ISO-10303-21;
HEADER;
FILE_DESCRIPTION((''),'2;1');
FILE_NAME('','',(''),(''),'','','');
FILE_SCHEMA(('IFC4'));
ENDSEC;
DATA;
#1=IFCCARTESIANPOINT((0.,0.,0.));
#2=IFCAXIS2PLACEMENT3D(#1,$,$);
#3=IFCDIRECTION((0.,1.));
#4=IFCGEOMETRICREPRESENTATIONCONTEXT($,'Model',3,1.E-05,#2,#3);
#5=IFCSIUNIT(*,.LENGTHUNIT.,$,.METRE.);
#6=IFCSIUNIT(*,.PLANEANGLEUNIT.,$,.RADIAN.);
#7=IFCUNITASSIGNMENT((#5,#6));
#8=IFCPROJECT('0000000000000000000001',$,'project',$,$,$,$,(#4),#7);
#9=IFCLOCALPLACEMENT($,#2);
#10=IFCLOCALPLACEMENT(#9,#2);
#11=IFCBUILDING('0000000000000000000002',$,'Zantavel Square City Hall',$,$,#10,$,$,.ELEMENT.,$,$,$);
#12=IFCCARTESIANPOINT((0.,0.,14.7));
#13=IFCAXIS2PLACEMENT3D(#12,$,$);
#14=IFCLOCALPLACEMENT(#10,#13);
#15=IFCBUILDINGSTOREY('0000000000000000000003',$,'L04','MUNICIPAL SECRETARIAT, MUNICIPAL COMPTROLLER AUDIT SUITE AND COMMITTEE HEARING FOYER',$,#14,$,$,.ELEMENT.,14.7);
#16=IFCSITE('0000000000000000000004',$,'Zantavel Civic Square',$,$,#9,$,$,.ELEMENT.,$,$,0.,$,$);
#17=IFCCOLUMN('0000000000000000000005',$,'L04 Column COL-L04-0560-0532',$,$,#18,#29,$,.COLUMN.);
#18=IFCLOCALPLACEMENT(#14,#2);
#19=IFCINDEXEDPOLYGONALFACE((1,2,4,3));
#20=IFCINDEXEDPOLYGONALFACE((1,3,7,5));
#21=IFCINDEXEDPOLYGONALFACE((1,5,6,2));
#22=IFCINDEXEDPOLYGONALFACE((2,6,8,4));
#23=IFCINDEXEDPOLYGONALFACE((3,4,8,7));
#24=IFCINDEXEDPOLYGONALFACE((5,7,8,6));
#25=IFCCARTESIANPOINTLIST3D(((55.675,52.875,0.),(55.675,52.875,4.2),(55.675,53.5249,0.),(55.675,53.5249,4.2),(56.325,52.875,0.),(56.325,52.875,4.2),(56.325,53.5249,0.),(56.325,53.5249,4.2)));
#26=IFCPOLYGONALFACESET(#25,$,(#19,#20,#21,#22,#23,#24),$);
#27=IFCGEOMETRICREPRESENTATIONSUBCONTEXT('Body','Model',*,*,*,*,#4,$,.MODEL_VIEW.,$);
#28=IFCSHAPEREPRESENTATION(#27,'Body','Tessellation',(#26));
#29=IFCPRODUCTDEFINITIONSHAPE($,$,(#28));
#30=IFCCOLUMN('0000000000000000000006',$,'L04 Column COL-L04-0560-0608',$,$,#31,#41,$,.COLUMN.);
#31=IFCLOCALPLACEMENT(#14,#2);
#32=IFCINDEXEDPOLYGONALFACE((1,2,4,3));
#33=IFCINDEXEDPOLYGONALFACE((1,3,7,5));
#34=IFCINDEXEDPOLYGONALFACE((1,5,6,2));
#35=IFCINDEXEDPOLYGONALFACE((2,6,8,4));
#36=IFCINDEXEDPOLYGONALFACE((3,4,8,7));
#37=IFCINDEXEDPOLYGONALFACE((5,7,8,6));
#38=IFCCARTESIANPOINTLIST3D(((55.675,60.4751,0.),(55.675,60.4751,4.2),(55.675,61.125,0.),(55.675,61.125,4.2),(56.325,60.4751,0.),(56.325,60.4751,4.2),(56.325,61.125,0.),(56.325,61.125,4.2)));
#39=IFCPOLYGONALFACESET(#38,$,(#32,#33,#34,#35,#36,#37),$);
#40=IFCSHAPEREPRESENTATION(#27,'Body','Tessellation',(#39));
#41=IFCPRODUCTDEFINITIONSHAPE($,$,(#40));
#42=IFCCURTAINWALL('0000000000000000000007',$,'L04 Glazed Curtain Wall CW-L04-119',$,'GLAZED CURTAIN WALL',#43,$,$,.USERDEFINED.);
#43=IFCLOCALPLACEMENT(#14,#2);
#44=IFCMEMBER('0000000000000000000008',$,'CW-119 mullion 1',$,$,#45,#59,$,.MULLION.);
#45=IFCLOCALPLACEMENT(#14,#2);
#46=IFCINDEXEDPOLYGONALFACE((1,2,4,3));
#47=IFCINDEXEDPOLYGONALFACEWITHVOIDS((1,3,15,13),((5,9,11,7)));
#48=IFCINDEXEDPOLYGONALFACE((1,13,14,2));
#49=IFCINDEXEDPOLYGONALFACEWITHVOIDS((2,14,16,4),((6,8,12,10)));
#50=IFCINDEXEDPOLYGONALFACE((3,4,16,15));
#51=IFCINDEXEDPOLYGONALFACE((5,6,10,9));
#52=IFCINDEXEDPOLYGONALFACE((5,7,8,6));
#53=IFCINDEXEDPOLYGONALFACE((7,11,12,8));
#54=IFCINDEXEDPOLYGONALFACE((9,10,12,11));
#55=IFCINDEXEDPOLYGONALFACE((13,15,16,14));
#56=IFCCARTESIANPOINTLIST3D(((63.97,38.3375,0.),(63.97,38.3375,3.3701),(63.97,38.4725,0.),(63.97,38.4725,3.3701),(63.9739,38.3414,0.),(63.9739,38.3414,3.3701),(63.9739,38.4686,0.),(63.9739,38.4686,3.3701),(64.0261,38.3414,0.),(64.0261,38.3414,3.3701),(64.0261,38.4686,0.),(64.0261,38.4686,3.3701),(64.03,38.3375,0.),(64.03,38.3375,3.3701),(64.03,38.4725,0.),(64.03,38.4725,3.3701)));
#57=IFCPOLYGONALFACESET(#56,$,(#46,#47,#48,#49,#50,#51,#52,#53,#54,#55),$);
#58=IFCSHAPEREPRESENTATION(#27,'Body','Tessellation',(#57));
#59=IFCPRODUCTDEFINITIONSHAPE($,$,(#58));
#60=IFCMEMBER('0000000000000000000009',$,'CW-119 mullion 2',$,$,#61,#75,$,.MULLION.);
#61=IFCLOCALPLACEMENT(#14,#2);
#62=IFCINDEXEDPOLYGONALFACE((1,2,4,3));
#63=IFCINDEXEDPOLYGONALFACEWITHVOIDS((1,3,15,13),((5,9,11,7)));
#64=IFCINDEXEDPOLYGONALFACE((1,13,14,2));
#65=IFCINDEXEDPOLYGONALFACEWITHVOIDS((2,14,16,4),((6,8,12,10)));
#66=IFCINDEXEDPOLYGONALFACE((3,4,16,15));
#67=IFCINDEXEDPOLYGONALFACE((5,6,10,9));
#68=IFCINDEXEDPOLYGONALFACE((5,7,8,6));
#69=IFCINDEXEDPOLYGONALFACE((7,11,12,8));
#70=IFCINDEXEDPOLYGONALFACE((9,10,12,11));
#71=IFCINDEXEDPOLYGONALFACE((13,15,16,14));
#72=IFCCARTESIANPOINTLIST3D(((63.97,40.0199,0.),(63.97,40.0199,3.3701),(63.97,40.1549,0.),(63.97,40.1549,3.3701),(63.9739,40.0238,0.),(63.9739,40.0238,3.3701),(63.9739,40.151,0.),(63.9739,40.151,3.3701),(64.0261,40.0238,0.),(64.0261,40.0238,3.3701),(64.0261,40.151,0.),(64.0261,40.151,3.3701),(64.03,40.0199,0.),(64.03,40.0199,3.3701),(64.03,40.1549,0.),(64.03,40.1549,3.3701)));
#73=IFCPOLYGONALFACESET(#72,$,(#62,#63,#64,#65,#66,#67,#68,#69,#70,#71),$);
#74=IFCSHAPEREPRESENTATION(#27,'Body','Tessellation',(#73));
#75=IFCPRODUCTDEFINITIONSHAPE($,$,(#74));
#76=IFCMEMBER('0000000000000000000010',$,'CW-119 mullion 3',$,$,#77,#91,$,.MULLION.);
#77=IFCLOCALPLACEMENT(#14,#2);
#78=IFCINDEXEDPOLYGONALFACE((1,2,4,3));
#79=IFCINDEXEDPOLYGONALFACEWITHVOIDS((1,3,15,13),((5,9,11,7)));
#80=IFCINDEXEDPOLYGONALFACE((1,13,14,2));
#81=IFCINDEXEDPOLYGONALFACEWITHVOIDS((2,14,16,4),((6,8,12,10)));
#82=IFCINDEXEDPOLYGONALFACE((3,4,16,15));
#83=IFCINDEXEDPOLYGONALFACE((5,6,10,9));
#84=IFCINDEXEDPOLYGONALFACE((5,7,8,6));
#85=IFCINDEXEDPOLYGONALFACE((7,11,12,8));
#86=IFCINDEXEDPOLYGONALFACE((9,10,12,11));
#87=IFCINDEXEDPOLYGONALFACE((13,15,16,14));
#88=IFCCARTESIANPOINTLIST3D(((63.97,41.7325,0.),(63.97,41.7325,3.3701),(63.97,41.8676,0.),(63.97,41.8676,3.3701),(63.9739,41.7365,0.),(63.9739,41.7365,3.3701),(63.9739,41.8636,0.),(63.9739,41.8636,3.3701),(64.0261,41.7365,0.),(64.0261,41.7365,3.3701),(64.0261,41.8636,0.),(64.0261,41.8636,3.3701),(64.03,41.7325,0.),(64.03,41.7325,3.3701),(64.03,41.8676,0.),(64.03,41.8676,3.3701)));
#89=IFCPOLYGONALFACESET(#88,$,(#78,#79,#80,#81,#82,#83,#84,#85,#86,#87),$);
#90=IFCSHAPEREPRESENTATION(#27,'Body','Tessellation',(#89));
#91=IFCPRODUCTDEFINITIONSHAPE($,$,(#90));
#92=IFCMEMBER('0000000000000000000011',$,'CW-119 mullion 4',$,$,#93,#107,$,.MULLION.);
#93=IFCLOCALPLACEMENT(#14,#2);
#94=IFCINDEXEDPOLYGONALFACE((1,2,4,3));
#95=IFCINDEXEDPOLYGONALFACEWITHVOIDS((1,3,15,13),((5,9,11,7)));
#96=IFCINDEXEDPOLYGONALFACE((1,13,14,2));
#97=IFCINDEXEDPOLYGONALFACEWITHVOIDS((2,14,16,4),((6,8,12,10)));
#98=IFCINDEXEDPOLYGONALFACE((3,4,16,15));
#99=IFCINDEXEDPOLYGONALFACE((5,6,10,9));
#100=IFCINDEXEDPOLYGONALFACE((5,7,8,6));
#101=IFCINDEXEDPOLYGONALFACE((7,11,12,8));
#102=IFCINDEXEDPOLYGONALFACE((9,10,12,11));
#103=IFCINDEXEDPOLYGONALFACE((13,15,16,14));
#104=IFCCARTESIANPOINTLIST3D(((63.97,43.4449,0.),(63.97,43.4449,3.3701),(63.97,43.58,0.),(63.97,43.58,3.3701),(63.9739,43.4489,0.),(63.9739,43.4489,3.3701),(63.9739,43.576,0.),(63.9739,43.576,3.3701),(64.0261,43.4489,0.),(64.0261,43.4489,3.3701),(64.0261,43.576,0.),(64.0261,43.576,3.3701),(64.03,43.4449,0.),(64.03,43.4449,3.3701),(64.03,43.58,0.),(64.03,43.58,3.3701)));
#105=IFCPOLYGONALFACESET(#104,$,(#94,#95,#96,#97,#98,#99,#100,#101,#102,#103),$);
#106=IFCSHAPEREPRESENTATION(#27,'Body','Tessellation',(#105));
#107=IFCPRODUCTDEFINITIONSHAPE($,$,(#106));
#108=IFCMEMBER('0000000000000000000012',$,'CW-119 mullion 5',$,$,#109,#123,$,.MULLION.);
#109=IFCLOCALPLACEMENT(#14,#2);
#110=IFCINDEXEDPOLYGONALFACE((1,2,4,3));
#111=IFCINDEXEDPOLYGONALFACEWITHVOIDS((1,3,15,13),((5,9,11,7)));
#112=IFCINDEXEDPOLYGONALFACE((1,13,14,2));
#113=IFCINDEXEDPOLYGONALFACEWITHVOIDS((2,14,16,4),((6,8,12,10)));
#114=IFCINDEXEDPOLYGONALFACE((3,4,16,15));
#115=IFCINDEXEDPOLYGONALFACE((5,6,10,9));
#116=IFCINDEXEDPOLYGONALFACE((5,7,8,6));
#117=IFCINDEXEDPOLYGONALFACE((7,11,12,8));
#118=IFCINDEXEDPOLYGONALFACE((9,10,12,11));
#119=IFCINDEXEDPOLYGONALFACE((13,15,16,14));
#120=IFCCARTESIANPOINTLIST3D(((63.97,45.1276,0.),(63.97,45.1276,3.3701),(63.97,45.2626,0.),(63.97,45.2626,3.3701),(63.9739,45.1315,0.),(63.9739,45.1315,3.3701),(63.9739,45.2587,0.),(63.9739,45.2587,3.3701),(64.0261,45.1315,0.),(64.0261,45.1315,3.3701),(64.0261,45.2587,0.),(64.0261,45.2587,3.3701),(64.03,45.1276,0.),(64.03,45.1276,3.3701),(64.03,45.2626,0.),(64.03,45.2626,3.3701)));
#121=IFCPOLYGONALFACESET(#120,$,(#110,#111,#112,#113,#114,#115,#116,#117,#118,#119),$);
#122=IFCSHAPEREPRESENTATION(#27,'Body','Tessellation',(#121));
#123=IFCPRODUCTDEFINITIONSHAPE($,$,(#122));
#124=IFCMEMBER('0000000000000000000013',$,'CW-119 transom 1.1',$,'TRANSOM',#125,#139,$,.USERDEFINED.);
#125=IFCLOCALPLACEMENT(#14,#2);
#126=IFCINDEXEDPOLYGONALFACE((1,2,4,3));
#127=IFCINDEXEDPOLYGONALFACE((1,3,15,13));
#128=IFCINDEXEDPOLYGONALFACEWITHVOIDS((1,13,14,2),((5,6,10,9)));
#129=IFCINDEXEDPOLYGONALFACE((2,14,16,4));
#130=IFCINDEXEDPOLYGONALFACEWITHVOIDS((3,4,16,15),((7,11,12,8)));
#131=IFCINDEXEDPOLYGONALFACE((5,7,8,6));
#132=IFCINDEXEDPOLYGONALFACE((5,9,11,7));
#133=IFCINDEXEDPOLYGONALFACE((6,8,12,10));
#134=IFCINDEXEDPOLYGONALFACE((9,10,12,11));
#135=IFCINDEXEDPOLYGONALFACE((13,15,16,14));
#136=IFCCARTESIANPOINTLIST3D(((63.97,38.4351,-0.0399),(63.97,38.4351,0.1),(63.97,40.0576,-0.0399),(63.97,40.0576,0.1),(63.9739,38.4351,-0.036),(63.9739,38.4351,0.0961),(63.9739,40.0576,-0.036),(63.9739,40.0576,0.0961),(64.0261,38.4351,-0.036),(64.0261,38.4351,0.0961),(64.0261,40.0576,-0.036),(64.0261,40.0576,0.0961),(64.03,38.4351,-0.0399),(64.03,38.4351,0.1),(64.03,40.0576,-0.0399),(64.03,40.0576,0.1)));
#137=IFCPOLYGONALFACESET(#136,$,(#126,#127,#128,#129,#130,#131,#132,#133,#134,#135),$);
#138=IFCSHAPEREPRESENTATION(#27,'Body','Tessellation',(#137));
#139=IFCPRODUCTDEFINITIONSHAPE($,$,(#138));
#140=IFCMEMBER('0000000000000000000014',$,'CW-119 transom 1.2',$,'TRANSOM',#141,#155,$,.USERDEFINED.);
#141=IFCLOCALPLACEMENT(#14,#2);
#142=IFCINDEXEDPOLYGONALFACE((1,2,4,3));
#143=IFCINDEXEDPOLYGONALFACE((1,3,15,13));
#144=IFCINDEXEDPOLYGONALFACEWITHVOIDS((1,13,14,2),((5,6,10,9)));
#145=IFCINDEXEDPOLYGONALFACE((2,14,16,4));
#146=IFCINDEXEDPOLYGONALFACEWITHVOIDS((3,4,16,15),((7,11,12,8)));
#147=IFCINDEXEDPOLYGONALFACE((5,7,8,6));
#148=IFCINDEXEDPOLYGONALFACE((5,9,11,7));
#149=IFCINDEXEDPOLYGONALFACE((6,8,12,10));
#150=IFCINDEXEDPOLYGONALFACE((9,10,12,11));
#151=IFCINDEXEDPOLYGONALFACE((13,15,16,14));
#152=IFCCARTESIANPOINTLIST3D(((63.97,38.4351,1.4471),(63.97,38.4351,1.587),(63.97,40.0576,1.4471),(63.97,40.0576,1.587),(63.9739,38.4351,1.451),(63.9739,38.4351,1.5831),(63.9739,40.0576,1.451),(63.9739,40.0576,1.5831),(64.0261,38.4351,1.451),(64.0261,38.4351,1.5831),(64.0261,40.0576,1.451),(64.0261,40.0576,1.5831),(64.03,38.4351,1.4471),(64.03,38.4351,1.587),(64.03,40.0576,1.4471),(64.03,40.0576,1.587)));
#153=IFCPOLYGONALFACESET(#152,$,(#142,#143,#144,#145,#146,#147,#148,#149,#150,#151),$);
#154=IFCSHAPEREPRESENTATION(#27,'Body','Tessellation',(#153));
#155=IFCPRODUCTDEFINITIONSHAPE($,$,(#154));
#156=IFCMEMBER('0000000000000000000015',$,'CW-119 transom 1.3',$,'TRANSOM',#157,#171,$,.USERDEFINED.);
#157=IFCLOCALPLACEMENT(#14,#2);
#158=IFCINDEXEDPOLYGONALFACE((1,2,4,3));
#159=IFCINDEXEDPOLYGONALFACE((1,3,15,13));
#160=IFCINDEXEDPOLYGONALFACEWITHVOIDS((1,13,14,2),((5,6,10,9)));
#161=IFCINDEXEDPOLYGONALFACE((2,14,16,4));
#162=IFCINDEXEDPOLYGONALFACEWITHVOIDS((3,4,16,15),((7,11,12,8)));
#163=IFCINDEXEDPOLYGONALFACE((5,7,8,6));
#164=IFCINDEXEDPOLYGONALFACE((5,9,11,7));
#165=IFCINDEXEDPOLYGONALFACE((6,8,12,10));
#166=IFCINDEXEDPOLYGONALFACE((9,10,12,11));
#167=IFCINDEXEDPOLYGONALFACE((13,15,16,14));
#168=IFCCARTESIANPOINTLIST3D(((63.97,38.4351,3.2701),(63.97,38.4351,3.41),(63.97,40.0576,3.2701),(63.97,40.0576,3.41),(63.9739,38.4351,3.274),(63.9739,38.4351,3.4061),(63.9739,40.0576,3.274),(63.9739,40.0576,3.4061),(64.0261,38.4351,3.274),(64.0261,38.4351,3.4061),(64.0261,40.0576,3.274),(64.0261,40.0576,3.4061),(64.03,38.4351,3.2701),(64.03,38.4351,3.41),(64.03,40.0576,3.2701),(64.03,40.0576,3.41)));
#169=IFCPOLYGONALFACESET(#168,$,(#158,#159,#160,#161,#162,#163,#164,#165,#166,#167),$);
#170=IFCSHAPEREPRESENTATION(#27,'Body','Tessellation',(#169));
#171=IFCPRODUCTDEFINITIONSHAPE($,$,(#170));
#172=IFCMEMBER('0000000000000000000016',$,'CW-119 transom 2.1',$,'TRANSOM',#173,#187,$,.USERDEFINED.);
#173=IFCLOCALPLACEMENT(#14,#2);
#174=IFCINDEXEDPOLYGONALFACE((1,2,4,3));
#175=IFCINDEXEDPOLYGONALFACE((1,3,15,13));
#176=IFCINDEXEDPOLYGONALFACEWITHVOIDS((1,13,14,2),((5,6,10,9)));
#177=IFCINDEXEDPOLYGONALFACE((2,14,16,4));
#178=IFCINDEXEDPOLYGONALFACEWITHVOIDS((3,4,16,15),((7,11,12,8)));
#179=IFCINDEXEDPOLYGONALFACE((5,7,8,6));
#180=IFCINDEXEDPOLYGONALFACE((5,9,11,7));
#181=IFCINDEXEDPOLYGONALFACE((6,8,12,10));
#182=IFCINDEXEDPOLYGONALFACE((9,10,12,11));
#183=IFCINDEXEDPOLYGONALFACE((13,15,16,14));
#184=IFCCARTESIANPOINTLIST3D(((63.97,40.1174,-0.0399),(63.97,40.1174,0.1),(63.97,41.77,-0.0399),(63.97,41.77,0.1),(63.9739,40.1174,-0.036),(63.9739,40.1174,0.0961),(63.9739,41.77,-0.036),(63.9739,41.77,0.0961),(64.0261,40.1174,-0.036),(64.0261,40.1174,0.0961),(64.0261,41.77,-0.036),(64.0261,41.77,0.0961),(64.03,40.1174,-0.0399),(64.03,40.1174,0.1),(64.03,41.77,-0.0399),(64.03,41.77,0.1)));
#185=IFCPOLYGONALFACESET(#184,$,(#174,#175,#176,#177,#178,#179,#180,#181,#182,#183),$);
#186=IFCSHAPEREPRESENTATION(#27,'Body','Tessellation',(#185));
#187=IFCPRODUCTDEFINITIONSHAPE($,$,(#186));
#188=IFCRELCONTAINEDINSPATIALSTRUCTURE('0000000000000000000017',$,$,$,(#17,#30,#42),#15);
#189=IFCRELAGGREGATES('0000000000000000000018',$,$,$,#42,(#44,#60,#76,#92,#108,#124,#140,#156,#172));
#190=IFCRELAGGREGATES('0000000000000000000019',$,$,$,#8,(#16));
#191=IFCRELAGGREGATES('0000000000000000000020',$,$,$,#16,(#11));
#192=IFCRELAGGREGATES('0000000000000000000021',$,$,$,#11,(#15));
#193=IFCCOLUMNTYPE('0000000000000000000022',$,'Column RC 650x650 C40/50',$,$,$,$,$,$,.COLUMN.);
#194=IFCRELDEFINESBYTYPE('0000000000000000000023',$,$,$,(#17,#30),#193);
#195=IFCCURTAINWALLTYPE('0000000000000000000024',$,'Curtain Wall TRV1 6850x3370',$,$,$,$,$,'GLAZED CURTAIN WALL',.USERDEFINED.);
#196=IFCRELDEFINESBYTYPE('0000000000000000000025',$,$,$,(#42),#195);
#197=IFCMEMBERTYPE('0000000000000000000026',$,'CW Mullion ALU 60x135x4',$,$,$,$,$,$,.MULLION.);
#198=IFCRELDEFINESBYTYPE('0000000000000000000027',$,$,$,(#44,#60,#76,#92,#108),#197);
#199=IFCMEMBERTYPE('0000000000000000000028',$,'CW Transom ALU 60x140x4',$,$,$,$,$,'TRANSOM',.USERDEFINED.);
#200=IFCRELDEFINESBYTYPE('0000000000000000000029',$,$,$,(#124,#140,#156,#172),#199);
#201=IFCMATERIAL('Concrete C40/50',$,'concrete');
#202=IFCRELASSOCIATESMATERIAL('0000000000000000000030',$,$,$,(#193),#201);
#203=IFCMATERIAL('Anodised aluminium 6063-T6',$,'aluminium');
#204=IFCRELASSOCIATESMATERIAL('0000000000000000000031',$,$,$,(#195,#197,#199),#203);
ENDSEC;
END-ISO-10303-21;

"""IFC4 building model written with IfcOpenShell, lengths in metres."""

from ifc_helpers import new_model, si_unit, direction, frame, origin, origin_2d, place, context, subcontext, project, spatial, rectangle, hollow_rectangle, extrude, material, material_profile, profile_set, type_object, element, aggregate, save


model = new_model("IFC4")

# Units and contexts
model_context = context("Model", 3, precision=1e-05, world=origin(), true_north=direction((0.0, 1.0)))
body_context = subcontext(model_context, "Body", "Model", "MODEL_VIEW")
ifc_project = project(units=[si_unit("LENGTHUNIT", "METRE"), si_unit("PLANEANGLEUNIT", "RADIAN")], contexts=[model_context])

# Site, building, storey
site_placement = place(None, origin())
site = spatial("IfcSite", under=ifc_project, at=site_placement, Name="Zantavel Civic Square", CompositionType="ELEMENT", RefElevation=0.0)
building_placement = place(site_placement, origin())
building = spatial("IfcBuilding", under=site, at=building_placement, Name="Zantavel Square City Hall", CompositionType="ELEMENT")
storey_placement = place(building_placement, frame((0.0, 0.0, 14.7)))
storey = spatial("IfcBuildingStorey", under=building, at=storey_placement, Name="L04", Description="MUNICIPAL SECRETARIAT, MUNICIPAL COMPTROLLER AUDIT SUITE AND COMMITTEE HEARING FOYER", CompositionType="ELEMENT", Elevation=14.7)

# Columns
ifc_material_1 = material(Name="Concrete C40/50", Category="concrete")
ifc_material_profile_1 = material_profile(ifc_material_1, rectangle(XDim=0.6499, YDim=0.6499, at=origin_2d()), Name="RC 650x650")
ifc_profile_set_1 = profile_set([ifc_material_profile_1], Name="Concrete C40/50")
column_type = type_object("IfcColumnType", Name="Column RC 650x650 C40/50", PredefinedType="COLUMN", material=ifc_profile_set_1)
for number, where, z_axis, x_axis, name in (
    (1, (56.0, 53.2, 0.0), (0.0, 0.0, 1.0), (1.0, 0.0, 0.0), "L04 Column COL-L04-0560-0532"),
    (2, (56.0, 60.8, 0.0), (0.0, 0.0, 1.0), (1.0, 0.0, 0.0), "L04 Column COL-L04-0560-0608"),
):
    element("IfcColumn", number, at=place(storey_placement, frame(where, z_axis=z_axis, x_axis=x_axis)), inside=storey, type_object=column_type, Name=name, PredefinedType="COLUMN", context=body_context, shape_type="SweptSolid", body=[
        extrude(rectangle(XDim=0.6499, YDim=0.6499, at=origin_2d()), origin(), (0.0, 0.0, 1.0), 4.2),
    ])

# Curtain wall, members
ifc_material_2 = material(Name="Anodised aluminium 6063-T6", Category="aluminium")
curtain_wall_type = type_object("IfcCurtainWallType", Name="Curtain Wall TRV1 6850x3370", ElementType="GLAZED CURTAIN WALL", PredefinedType="USERDEFINED", material=ifc_material_2)
curtain_wall_placement = place(storey_placement, origin())
curtain_wall = element("IfcCurtainWall", 3, at=curtain_wall_placement, inside=storey, type_object=curtain_wall_type, Name="L04 Glazed Curtain Wall CW-L04-119", ObjectType="GLAZED CURTAIN WALL", PredefinedType="USERDEFINED")
ifc_material_profile_2 = material_profile(ifc_material_2, hollow_rectangle(XDim=0.0601, YDim=0.135, WallThickness=0.0039, at=origin_2d()), Name="ALU 60x135x4")
ifc_profile_set_2 = profile_set([ifc_material_profile_2], Name="Anodised aluminium 6063-T6")
member_type_1 = type_object("IfcMemberType", Name="CW Mullion ALU 60x135x4", PredefinedType="MULLION", material=ifc_profile_set_2)
member_1_placement = place(storey_placement, frame((64.0, 38.405, 0.0), z_axis=(0.0, 0.0, 1.0), x_axis=(-1.0, 0.0, 0.0)))
member_1 = element("IfcMember", 4, at=member_1_placement, type_object=member_type_1, Name="CW-119 mullion 1", PredefinedType="MULLION", context=body_context, shape_type="SweptSolid", body=[
    extrude(hollow_rectangle(XDim=0.0601, YDim=0.135, WallThickness=0.0039, at=origin_2d()), origin(), (0.0, 0.0, 1.0), 3.3701),
])
member_2_placement = place(storey_placement, frame((64.0, 40.0874, 0.0), z_axis=(0.0, 0.0, 1.0), x_axis=(-1.0, 0.0, 0.0)))
member_2 = element("IfcMember", 5, at=member_2_placement, type_object=member_type_1, Name="CW-119 mullion 2", PredefinedType="MULLION", context=body_context, shape_type="SweptSolid", body=[
    extrude(hollow_rectangle(XDim=0.0601, YDim=0.135, WallThickness=0.0039, at=origin_2d()), origin(), (0.0, 0.0, 1.0), 3.3701),
])
member_3_placement = place(storey_placement, frame((64.0, 41.8, 0.0), z_axis=(0.0, 0.0, 1.0), x_axis=(-1.0, 0.0, 0.0)))
member_3 = element("IfcMember", 6, at=member_3_placement, type_object=member_type_1, Name="CW-119 mullion 3", PredefinedType="MULLION", context=body_context, shape_type="SweptSolid", body=[
    extrude(hollow_rectangle(XDim=0.0601, YDim=0.135, WallThickness=0.0039, at=origin_2d()), origin(), (0.0, 0.0, 1.0), 3.3701),
])
member_4_placement = place(storey_placement, frame((64.0, 43.5125, 0.0), z_axis=(0.0, 0.0, 1.0), x_axis=(-1.0, 0.0, 0.0)))
member_4 = element("IfcMember", 7, at=member_4_placement, type_object=member_type_1, Name="CW-119 mullion 4", PredefinedType="MULLION", context=body_context, shape_type="SweptSolid", body=[
    extrude(hollow_rectangle(XDim=0.0601, YDim=0.135, WallThickness=0.0039, at=origin_2d()), origin(), (0.0, 0.0, 1.0), 3.3701),
])
member_5_placement = place(storey_placement, frame((64.0, 45.1951, 0.0), z_axis=(0.0, 0.0, 1.0), x_axis=(-1.0, 0.0, 0.0)))
member_5 = element("IfcMember", 8, at=member_5_placement, type_object=member_type_1, Name="CW-119 mullion 5", PredefinedType="MULLION", context=body_context, shape_type="SweptSolid", body=[
    extrude(hollow_rectangle(XDim=0.0601, YDim=0.135, WallThickness=0.0039, at=origin_2d()), origin(), (0.0, 0.0, 1.0), 3.3701),
])
ifc_material_profile_3 = material_profile(ifc_material_2, hollow_rectangle(XDim=0.0601, YDim=0.1399, WallThickness=0.0039, at=origin_2d()), Name="ALU 60x140x4")
ifc_profile_set_3 = profile_set([ifc_material_profile_3], Name="Anodised aluminium 6063-T6")
member_type_2 = type_object("IfcMemberType", Name="CW Transom ALU 60x140x4", ElementType="TRANSOM", PredefinedType="USERDEFINED", material=ifc_profile_set_3)
member_6_placement = place(storey_placement, frame((64.0, 38.4351, 0.03), z_axis=(0.0, 1.0, 0.0), x_axis=(-1.0, 0.0, 0.0)))
member_6 = element("IfcMember", 9, at=member_6_placement, type_object=member_type_2, Name="CW-119 transom 1.1", ObjectType="TRANSOM", PredefinedType="USERDEFINED", context=body_context, shape_type="SweptSolid", body=[
    extrude(hollow_rectangle(XDim=0.0601, YDim=0.1399, WallThickness=0.0039, at=origin_2d()), origin(), (0.0, 0.0, 1.0), 1.6226),
])
member_7_placement = place(storey_placement, frame((64.0, 38.4351, 1.5171), z_axis=(0.0, 1.0, 0.0), x_axis=(-1.0, 0.0, 0.0)))
member_7 = element("IfcMember", 10, at=member_7_placement, type_object=member_type_2, Name="CW-119 transom 1.2", ObjectType="TRANSOM", PredefinedType="USERDEFINED", context=body_context, shape_type="SweptSolid", body=[
    extrude(hollow_rectangle(XDim=0.0601, YDim=0.1399, WallThickness=0.0039, at=origin_2d()), origin(), (0.0, 0.0, 1.0), 1.6226),
])
member_8_placement = place(storey_placement, frame((64.0, 38.4351, 3.3401), z_axis=(0.0, 1.0, 0.0), x_axis=(-1.0, 0.0, 0.0)))
member_8 = element("IfcMember", 11, at=member_8_placement, type_object=member_type_2, Name="CW-119 transom 1.3", ObjectType="TRANSOM", PredefinedType="USERDEFINED", context=body_context, shape_type="SweptSolid", body=[
    extrude(hollow_rectangle(XDim=0.0601, YDim=0.1399, WallThickness=0.0039, at=origin_2d()), origin(), (0.0, 0.0, 1.0), 1.6226),
])
member_9_placement = place(storey_placement, frame((64.0, 40.1174, 0.03), z_axis=(0.0, 1.0, 0.0), x_axis=(-1.0, 0.0, 0.0)))
member_9 = element("IfcMember", 12, at=member_9_placement, type_object=member_type_2, Name="CW-119 transom 2.1", ObjectType="TRANSOM", PredefinedType="USERDEFINED", context=body_context, shape_type="SweptSolid", body=[
    extrude(hollow_rectangle(XDim=0.0601, YDim=0.1399, WallThickness=0.0039, at=origin_2d()), origin(), (0.0, 0.0, 1.0), 1.6526),
])

aggregate(curtain_wall, [member_1, member_2, member_3, member_4, member_5, member_6, member_7, member_8, member_9])

save(model, "model.ifc")
